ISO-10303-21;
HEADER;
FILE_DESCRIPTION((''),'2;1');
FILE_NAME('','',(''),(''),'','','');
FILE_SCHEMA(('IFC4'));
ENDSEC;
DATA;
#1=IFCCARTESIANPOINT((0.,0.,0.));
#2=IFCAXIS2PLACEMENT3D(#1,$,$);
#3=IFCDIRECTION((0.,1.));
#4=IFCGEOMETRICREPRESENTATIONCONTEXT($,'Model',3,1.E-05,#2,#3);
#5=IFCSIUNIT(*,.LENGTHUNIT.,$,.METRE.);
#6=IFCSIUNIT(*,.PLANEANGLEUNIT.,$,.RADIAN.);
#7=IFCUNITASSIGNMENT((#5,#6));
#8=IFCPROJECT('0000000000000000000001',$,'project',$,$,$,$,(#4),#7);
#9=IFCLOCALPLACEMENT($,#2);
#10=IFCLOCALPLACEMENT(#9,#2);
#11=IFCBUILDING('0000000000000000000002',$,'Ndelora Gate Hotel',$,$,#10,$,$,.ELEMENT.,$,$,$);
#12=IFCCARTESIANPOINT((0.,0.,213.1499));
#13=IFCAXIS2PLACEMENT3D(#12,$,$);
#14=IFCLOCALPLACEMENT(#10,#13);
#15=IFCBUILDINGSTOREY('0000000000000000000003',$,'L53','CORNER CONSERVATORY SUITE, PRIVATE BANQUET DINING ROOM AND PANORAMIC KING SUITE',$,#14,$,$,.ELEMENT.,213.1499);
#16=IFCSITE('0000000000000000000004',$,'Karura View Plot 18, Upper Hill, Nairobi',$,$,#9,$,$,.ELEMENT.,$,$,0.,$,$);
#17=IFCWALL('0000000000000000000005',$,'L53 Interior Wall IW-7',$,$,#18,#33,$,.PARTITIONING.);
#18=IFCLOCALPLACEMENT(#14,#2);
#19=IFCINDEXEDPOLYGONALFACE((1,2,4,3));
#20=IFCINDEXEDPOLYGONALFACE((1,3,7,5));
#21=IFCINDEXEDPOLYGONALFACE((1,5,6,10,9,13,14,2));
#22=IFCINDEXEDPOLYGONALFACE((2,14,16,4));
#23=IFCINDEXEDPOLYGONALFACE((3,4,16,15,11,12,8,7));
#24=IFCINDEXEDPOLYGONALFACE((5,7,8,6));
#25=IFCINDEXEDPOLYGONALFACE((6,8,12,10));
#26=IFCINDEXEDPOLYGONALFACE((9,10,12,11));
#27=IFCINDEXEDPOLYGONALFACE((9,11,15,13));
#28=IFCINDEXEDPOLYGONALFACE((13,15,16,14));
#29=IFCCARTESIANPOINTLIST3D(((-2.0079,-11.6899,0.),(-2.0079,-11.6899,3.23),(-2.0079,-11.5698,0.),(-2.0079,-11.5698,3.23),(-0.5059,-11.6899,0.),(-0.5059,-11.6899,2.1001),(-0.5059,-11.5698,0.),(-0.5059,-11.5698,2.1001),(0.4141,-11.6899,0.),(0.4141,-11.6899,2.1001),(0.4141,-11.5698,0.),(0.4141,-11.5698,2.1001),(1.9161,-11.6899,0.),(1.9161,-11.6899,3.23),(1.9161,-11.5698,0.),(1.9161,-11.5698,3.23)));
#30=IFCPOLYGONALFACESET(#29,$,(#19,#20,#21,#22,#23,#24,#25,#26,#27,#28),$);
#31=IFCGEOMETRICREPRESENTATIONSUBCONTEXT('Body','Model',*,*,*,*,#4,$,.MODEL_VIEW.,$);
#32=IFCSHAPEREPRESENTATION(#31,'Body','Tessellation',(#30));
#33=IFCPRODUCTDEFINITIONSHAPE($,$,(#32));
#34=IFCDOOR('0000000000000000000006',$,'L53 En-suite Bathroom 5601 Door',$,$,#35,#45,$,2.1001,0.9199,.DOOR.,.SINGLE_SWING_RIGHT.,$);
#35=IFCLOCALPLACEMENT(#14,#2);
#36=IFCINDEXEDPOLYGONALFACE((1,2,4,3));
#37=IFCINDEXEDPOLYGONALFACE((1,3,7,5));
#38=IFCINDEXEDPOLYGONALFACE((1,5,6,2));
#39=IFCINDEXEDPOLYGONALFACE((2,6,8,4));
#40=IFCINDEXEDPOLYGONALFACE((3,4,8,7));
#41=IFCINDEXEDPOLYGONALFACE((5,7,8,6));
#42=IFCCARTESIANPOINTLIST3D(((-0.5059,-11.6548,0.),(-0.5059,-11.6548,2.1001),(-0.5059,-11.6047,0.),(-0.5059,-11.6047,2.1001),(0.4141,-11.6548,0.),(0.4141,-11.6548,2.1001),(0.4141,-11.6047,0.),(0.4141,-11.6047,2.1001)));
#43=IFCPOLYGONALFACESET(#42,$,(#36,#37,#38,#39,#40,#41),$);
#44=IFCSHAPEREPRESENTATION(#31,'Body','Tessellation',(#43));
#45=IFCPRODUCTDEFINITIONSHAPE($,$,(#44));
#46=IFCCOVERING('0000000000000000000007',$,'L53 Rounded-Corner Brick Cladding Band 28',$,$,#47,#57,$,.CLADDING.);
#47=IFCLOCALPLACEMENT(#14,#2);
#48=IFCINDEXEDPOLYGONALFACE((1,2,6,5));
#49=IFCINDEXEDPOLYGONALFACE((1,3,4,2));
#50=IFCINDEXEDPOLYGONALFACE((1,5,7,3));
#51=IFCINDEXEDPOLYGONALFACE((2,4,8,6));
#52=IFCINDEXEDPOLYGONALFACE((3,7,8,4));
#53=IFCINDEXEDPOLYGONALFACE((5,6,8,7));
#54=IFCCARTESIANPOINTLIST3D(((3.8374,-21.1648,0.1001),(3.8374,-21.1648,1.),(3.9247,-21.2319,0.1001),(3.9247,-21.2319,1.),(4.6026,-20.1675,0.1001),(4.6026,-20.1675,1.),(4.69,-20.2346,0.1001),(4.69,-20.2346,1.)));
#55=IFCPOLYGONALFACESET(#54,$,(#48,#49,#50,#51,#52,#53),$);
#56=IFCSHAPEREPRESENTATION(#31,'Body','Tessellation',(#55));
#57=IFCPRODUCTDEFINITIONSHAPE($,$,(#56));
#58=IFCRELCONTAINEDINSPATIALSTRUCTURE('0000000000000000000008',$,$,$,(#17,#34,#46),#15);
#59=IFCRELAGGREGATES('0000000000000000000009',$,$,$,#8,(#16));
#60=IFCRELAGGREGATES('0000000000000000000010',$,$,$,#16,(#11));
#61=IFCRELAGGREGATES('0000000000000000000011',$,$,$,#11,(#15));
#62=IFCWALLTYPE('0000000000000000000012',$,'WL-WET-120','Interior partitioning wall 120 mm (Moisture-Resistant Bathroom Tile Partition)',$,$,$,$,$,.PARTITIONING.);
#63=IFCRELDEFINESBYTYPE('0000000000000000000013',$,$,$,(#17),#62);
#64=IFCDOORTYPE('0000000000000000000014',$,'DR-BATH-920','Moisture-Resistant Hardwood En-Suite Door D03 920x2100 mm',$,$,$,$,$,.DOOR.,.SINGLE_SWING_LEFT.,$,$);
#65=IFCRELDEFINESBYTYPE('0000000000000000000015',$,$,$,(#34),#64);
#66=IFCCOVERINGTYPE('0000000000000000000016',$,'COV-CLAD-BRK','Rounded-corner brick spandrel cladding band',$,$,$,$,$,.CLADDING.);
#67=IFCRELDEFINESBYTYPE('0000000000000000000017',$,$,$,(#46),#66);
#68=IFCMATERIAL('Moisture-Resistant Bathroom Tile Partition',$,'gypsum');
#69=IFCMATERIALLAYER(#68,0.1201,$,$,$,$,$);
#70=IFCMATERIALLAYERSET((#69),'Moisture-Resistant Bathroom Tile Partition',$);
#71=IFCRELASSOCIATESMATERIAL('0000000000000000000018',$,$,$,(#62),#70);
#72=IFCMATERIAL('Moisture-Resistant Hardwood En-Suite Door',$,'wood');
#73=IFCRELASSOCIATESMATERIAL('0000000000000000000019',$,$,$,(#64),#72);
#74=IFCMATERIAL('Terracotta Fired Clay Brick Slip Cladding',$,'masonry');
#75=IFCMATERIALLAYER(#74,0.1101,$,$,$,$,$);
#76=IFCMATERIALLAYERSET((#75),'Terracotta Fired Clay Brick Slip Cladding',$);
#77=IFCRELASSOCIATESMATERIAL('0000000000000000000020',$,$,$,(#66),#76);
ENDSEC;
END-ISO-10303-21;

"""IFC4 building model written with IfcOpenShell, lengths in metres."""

from ifc_helpers import new_model, si_unit, direction, frame, frame_2d, origin, origin_2d, place, context, subcontext, project, spatial, rectangle, extrude, material, layer, layer_set, type_object, element, fill, save


model = new_model("IFC4")

# Units and contexts
model_context = context("Model", 3, precision=1e-05, world=origin(), true_north=direction((0.0, 1.0)))
body_context = subcontext(model_context, "Body", "Model", "MODEL_VIEW")
ifc_project = project(units=[si_unit("LENGTHUNIT", "METRE"), si_unit("PLANEANGLEUNIT", "RADIAN")], contexts=[model_context])

# Site, building, storey
site_placement = place(None, origin())
site = spatial("IfcSite", under=ifc_project, at=site_placement, Name="Karura View Plot 18, Upper Hill, Nairobi", CompositionType="ELEMENT", RefElevation=0.0)
building_placement = place(site_placement, origin())
building = spatial("IfcBuilding", under=site, at=building_placement, Name="Ndelora Gate Hotel", CompositionType="ELEMENT")
storey_placement = place(building_placement, frame((0.0, 0.0, 213.1499)))
storey = spatial("IfcBuildingStorey", under=building, at=storey_placement, Name="L53", Description="CORNER CONSERVATORY SUITE, PRIVATE BANQUET DINING ROOM AND PANORAMIC KING SUITE", CompositionType="ELEMENT", Elevation=213.1499)

# Shared definitions
ifc_material_1 = material(Name="Moisture-Resistant Bathroom Tile Partition", Category="gypsum")
ifc_layer_1 = layer(ifc_material_1, 0.1201)
ifc_layer_set_1 = layer_set([ifc_layer_1], Name="Moisture-Resistant Bathroom Tile Partition")
wall_type_1 = type_object("IfcWallType", Name="WL-WET-120", Description="Interior partitioning wall 120 mm (Moisture-Resistant Bathroom Tile Partition)", PredefinedType="PARTITIONING", material=ifc_layer_set_1)

# Wall, opening, door
wall_1_placement = place(storey_placement, frame((1.916, -11.6299, 0.0), z_axis=(0.0, 0.0, 1.0), x_axis=(-1.0, 0.0, 0.0)))
wall_1 = element("IfcWall", 1, at=wall_1_placement, inside=storey, type_object=wall_type_1, Name="L53 Interior Wall IW-7", PredefinedType="PARTITIONING", context=body_context, shape_type="SweptSolid", body=[
    extrude(rectangle(XDim=3.9241, YDim=0.1201, at=frame_2d((1.9619, 0.0))), origin(), (0.0, 0.0, 1.0), 3.23),
])
opening_1_placement = place(wall_1_placement, frame((1.502, 0.0, 0.0)))
opening_1 = element("IfcOpeningElement", 2, at=opening_1_placement, cuts=wall_1, PredefinedType="OPENING", context=body_context, shape_type="SweptSolid", body=[
    extrude(rectangle(XDim=0.9199, YDim=2.1001, at=frame_2d((0.46, 1.05))), frame((0.0, 0.0701, 0.0), z_axis=(0.0, -1.0, 0.0), x_axis=(1.0, 0.0, 0.0)), (0.0, 0.0, 1.0), 0.1401),
])
ifc_material_2 = material(Name="Moisture-Resistant Hardwood En-Suite Door", Category="wood")
door_type = type_object("IfcDoorType", Name="DR-BATH-920", Description="Moisture-Resistant Hardwood En-Suite Door D03 920x2100 mm", OperationType="SINGLE_SWING_LEFT", PredefinedType="DOOR", material=ifc_material_2)
door_placement = place(opening_1_placement, origin())
door = element("IfcDoor", 3, at=door_placement, inside=storey, type_object=door_type, Name="L53 En-suite Bathroom 5601 Door", OperationType="SINGLE_SWING_RIGHT", OverallHeight=2.1001, OverallWidth=0.9199, PredefinedType="DOOR", context=body_context, shape_type="SweptSolid", body=[
    extrude(rectangle(XDim=0.9199, YDim=2.1001, at=frame_2d((0.46, 1.05))), frame((0.0, 0.0249, 0.0), z_axis=(0.0, -1.0, 0.0), x_axis=(1.0, 0.0, 0.0)), (0.0, 0.0, 1.0), 0.05),
])
fill(opening_1, door)

# Covering
ifc_material_3 = material(Name="Terracotta Fired Clay Brick Slip Cladding", Category="masonry")
ifc_layer_2 = layer(ifc_material_3, 0.1101)
ifc_layer_set_2 = layer_set([ifc_layer_2], Name="Terracotta Fired Clay Brick Slip Cladding")
covering_type = type_object("IfcCoveringType", Name="COV-CLAD-BRK", Description="Rounded-corner brick spandrel cladding band", PredefinedType="CLADDING", material=ifc_layer_set_2)
covering_placement = place(storey_placement, frame((4.2637, -20.6997, 0.1001), z_axis=(0.0, 0.0, 1.0), x_axis=(0.608761, 0.793353, 0.0)))
element("IfcCovering", 4, at=covering_placement, inside=storey, type_object=covering_type, Name="L53 Rounded-Corner Brick Cladding Band 28", PredefinedType="CLADDING", context=body_context, shape_type="SweptSolid", body=[
    extrude(rectangle(XDim=1.2571, YDim=0.1101, at=origin_2d()), origin(), (0.0, 0.0, 1.0), 0.8999),
])

save(model, "model.ifc")
